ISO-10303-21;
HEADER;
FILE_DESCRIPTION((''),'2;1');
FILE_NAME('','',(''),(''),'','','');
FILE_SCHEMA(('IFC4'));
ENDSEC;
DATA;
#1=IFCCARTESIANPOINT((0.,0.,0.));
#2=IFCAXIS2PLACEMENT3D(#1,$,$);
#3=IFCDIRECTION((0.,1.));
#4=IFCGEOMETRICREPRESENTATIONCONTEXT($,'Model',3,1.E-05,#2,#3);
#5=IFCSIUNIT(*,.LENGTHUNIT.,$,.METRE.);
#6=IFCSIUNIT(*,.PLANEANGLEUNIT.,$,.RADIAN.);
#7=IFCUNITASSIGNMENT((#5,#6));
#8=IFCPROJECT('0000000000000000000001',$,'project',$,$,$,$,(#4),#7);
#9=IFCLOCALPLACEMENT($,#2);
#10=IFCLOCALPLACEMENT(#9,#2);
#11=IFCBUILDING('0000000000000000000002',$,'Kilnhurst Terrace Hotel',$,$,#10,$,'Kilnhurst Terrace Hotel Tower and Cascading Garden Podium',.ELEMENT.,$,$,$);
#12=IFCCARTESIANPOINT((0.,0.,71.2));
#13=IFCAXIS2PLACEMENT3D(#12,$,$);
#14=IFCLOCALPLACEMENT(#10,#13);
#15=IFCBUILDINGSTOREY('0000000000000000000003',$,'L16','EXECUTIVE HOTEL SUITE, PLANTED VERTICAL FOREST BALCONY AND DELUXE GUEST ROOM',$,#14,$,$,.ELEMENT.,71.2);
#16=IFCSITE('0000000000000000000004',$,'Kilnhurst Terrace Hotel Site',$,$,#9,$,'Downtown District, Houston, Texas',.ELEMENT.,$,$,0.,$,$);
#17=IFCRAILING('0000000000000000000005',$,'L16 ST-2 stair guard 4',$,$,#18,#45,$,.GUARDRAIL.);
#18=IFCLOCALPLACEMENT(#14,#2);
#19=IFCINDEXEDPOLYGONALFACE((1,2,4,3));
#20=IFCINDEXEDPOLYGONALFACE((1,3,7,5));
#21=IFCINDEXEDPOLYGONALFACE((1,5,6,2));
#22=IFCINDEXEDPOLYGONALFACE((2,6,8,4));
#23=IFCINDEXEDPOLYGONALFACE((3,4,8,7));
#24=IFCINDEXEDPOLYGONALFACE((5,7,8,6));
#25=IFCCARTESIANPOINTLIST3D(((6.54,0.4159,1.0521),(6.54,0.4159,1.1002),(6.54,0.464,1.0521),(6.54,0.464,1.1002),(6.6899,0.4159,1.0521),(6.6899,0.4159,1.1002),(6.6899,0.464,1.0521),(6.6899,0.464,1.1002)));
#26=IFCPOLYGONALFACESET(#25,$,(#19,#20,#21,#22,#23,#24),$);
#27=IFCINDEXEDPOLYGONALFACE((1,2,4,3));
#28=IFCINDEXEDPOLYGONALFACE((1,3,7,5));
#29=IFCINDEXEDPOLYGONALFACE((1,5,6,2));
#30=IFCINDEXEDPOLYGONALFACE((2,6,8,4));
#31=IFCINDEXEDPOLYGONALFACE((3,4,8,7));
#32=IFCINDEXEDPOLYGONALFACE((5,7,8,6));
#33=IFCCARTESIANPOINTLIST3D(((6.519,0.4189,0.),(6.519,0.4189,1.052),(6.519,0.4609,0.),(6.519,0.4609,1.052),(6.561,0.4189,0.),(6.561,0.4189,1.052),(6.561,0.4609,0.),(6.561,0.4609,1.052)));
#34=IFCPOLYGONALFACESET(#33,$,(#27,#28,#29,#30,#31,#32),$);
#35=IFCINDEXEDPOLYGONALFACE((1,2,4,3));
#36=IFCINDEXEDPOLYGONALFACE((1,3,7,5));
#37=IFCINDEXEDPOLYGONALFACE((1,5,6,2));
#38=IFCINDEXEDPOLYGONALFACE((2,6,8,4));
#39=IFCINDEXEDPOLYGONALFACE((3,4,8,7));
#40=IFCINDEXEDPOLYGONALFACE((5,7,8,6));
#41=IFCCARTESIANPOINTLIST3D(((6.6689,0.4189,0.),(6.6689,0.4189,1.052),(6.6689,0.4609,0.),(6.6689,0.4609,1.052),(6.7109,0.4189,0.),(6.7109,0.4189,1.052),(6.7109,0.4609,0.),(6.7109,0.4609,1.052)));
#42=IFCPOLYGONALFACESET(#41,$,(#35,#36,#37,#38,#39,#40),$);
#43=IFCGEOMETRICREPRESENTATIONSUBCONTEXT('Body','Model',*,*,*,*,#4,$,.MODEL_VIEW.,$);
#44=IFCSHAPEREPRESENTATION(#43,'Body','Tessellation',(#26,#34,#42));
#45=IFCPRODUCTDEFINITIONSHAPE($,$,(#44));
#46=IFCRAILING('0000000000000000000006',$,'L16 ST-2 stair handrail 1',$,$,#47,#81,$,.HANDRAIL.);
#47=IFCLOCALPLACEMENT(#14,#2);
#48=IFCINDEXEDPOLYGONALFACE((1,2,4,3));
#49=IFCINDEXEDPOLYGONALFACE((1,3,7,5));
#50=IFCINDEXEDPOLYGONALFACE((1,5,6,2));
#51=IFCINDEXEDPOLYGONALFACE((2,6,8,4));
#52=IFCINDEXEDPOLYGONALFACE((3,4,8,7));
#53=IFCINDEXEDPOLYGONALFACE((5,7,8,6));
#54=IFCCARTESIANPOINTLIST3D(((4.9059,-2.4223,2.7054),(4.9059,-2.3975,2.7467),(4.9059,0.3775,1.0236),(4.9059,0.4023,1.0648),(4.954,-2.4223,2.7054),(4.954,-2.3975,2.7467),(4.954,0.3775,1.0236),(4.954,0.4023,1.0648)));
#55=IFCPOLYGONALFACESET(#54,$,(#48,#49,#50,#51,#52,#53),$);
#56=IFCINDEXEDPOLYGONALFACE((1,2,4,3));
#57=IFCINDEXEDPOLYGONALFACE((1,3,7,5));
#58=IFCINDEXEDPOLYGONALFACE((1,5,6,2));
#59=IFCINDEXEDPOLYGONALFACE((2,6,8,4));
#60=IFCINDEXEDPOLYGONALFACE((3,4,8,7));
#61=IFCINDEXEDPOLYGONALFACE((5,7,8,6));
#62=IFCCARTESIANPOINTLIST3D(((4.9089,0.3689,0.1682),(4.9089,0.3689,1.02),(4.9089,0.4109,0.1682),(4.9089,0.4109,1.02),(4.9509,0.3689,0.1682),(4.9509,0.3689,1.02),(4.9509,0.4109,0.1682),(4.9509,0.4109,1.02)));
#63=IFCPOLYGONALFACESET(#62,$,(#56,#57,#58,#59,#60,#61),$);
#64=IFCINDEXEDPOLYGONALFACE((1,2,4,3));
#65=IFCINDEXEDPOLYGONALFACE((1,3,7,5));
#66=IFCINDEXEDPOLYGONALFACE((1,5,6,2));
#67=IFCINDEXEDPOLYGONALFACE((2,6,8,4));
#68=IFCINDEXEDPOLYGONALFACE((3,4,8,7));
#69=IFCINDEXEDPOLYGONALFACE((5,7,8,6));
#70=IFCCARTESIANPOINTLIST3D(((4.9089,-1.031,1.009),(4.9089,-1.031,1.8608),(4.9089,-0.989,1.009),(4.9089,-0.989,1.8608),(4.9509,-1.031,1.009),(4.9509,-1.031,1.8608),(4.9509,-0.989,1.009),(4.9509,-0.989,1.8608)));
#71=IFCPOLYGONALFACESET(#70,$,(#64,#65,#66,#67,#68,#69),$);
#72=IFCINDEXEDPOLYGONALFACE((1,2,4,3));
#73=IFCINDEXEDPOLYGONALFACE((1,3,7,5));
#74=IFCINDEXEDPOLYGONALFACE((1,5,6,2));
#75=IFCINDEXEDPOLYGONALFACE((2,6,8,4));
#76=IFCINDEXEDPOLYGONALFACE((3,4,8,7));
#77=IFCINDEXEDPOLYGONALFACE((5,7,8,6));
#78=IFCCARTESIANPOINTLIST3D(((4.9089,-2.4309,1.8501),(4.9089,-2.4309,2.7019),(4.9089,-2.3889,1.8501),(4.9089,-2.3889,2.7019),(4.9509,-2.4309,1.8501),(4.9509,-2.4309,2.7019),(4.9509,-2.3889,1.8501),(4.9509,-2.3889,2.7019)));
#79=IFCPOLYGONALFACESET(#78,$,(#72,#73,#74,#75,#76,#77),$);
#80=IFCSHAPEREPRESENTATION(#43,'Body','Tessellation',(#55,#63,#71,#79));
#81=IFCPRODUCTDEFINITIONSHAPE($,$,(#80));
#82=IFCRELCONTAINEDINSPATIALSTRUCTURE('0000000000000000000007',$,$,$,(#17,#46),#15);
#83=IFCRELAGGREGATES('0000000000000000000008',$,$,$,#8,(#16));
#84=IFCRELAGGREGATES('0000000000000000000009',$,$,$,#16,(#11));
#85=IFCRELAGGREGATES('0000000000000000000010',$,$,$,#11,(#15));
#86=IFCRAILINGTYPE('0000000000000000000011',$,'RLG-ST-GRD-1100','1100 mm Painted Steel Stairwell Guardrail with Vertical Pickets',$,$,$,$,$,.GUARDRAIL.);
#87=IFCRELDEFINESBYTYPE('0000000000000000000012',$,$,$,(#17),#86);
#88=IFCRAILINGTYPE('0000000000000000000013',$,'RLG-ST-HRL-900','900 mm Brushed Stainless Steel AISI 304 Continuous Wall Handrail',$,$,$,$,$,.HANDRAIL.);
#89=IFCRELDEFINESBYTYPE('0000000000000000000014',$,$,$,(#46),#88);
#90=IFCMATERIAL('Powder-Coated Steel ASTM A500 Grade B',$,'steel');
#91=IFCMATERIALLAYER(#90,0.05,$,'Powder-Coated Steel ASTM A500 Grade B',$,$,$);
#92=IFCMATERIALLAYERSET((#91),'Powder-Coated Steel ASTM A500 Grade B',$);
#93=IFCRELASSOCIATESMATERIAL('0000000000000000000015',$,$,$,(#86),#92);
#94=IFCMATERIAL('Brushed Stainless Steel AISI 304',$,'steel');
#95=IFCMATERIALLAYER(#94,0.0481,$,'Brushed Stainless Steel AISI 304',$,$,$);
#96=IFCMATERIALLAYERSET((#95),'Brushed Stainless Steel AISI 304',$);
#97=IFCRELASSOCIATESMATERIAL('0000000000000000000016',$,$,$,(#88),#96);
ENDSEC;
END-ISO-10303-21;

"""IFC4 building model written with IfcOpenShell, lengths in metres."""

from ifc_helpers import new_model, si_unit, direction, frame, origin, origin_2d, place, context, subcontext, project, spatial, rectangle, extrude, material, layer, layer_set, type_object, element, save


model = new_model("IFC4")

# Units and contexts
model_context = context("Model", 3, precision=1e-05, world=origin(), true_north=direction((0.0, 1.0)))
body_context = subcontext(model_context, "Body", "Model", "MODEL_VIEW")
ifc_project = project(units=[si_unit("LENGTHUNIT", "METRE"), si_unit("PLANEANGLEUNIT", "RADIAN")], contexts=[model_context])

# Site, building, storey
site_placement = place(None, origin())
site = spatial("IfcSite", under=ifc_project, at=site_placement, Name="Kilnhurst Terrace Hotel Site", LongName="Downtown District, Houston, Texas", CompositionType="ELEMENT", RefElevation=0.0)
building_placement = place(site_placement, origin())
building = spatial("IfcBuilding", under=site, at=building_placement, Name="Kilnhurst Terrace Hotel", LongName="Kilnhurst Terrace Hotel Tower and Cascading Garden Podium", CompositionType="ELEMENT")
storey_placement = place(building_placement, frame((0.0, 0.0, 71.2)))
storey = spatial("IfcBuildingStorey", under=building, at=storey_placement, Name="L16", Description="EXECUTIVE HOTEL SUITE, PLANTED VERTICAL FOREST BALCONY AND DELUXE GUEST ROOM", CompositionType="ELEMENT", Elevation=71.2)

# Railings
ifc_material_1 = material(Name="Powder-Coated Steel ASTM A500 Grade B", Category="steel")
ifc_layer_1 = layer(ifc_material_1, 0.05, Name="Powder-Coated Steel ASTM A500 Grade B")
ifc_layer_set_1 = layer_set([ifc_layer_1], Name="Powder-Coated Steel ASTM A500 Grade B")
railing_type_1 = type_object("IfcRailingType", Name="RLG-ST-GRD-1100", Description="1100 mm Painted Steel Stairwell Guardrail with Vertical Pickets", PredefinedType="GUARDRAIL", material=ifc_layer_set_1)
railing_1_placement = place(storey_placement, frame((6.54, 0.4399, 0.0)))
element("IfcRailing", 1, at=railing_1_placement, inside=storey, type_object=railing_type_1, Name="L16 ST-2 stair guard 4", PredefinedType="GUARDRAIL", context=body_context, shape_type="SweptSolid", body=[
    extrude(rectangle(XDim=0.0481, YDim=0.0481, at=origin_2d()), frame((0.0, 0.0, 1.0762), z_axis=(1.0, 0.0, 0.0), x_axis=(0.0, 1.0, 0.0)), (0.0, 0.0, 1.0), 0.1499),
    extrude(rectangle(XDim=0.042, YDim=0.042, at=origin_2d()), origin(), (0.0, 0.0, 1.0), 1.052),
    extrude(rectangle(XDim=0.042, YDim=0.042, at=origin_2d()), frame((0.1499, 0.0, 0.0)), (0.0, 0.0, 1.0), 1.052),
])
ifc_material_2 = material(Name="Brushed Stainless Steel AISI 304", Category="steel")
ifc_layer_2 = layer(ifc_material_2, 0.0481, Name="Brushed Stainless Steel AISI 304")
ifc_layer_set_2 = layer_set([ifc_layer_2], Name="Brushed Stainless Steel AISI 304")
railing_type_2 = type_object("IfcRailingType", Name="RLG-ST-HRL-900", Description="900 mm Brushed Stainless Steel AISI 304 Continuous Wall Handrail", PredefinedType="HANDRAIL", material=ifc_layer_set_2)
railing_2_placement = place(storey_placement, frame((4.9299, 0.3899, 0.1682)))
element("IfcRailing", 2, at=railing_2_placement, inside=storey, type_object=railing_type_2, Name="L16 ST-2 stair handrail 1", PredefinedType="HANDRAIL", context=body_context, shape_type="SweptSolid", body=[
    extrude(rectangle(XDim=0.0481, YDim=0.0481, at=origin_2d()), frame((0.0, 0.0, 0.876), z_axis=(0.0, -0.857222, 0.514946), x_axis=(1.0, 0.0, 0.0)), (0.0, 0.0, 1.0), 3.2661),
    extrude(rectangle(XDim=0.042, YDim=0.042, at=origin_2d()), origin(), (0.0, 0.0, 1.0), 0.8518),
    extrude(rectangle(XDim=0.042, YDim=0.042, at=origin_2d()), frame((0.0, -1.3999, 0.8408)), (0.0, 0.0, 1.0), 0.8518),
    extrude(rectangle(XDim=0.042, YDim=0.042, at=origin_2d()), frame((0.0, -2.7998, 1.6819)), (0.0, 0.0, 1.0), 0.8518),
])

save(model, "model.ifc")
